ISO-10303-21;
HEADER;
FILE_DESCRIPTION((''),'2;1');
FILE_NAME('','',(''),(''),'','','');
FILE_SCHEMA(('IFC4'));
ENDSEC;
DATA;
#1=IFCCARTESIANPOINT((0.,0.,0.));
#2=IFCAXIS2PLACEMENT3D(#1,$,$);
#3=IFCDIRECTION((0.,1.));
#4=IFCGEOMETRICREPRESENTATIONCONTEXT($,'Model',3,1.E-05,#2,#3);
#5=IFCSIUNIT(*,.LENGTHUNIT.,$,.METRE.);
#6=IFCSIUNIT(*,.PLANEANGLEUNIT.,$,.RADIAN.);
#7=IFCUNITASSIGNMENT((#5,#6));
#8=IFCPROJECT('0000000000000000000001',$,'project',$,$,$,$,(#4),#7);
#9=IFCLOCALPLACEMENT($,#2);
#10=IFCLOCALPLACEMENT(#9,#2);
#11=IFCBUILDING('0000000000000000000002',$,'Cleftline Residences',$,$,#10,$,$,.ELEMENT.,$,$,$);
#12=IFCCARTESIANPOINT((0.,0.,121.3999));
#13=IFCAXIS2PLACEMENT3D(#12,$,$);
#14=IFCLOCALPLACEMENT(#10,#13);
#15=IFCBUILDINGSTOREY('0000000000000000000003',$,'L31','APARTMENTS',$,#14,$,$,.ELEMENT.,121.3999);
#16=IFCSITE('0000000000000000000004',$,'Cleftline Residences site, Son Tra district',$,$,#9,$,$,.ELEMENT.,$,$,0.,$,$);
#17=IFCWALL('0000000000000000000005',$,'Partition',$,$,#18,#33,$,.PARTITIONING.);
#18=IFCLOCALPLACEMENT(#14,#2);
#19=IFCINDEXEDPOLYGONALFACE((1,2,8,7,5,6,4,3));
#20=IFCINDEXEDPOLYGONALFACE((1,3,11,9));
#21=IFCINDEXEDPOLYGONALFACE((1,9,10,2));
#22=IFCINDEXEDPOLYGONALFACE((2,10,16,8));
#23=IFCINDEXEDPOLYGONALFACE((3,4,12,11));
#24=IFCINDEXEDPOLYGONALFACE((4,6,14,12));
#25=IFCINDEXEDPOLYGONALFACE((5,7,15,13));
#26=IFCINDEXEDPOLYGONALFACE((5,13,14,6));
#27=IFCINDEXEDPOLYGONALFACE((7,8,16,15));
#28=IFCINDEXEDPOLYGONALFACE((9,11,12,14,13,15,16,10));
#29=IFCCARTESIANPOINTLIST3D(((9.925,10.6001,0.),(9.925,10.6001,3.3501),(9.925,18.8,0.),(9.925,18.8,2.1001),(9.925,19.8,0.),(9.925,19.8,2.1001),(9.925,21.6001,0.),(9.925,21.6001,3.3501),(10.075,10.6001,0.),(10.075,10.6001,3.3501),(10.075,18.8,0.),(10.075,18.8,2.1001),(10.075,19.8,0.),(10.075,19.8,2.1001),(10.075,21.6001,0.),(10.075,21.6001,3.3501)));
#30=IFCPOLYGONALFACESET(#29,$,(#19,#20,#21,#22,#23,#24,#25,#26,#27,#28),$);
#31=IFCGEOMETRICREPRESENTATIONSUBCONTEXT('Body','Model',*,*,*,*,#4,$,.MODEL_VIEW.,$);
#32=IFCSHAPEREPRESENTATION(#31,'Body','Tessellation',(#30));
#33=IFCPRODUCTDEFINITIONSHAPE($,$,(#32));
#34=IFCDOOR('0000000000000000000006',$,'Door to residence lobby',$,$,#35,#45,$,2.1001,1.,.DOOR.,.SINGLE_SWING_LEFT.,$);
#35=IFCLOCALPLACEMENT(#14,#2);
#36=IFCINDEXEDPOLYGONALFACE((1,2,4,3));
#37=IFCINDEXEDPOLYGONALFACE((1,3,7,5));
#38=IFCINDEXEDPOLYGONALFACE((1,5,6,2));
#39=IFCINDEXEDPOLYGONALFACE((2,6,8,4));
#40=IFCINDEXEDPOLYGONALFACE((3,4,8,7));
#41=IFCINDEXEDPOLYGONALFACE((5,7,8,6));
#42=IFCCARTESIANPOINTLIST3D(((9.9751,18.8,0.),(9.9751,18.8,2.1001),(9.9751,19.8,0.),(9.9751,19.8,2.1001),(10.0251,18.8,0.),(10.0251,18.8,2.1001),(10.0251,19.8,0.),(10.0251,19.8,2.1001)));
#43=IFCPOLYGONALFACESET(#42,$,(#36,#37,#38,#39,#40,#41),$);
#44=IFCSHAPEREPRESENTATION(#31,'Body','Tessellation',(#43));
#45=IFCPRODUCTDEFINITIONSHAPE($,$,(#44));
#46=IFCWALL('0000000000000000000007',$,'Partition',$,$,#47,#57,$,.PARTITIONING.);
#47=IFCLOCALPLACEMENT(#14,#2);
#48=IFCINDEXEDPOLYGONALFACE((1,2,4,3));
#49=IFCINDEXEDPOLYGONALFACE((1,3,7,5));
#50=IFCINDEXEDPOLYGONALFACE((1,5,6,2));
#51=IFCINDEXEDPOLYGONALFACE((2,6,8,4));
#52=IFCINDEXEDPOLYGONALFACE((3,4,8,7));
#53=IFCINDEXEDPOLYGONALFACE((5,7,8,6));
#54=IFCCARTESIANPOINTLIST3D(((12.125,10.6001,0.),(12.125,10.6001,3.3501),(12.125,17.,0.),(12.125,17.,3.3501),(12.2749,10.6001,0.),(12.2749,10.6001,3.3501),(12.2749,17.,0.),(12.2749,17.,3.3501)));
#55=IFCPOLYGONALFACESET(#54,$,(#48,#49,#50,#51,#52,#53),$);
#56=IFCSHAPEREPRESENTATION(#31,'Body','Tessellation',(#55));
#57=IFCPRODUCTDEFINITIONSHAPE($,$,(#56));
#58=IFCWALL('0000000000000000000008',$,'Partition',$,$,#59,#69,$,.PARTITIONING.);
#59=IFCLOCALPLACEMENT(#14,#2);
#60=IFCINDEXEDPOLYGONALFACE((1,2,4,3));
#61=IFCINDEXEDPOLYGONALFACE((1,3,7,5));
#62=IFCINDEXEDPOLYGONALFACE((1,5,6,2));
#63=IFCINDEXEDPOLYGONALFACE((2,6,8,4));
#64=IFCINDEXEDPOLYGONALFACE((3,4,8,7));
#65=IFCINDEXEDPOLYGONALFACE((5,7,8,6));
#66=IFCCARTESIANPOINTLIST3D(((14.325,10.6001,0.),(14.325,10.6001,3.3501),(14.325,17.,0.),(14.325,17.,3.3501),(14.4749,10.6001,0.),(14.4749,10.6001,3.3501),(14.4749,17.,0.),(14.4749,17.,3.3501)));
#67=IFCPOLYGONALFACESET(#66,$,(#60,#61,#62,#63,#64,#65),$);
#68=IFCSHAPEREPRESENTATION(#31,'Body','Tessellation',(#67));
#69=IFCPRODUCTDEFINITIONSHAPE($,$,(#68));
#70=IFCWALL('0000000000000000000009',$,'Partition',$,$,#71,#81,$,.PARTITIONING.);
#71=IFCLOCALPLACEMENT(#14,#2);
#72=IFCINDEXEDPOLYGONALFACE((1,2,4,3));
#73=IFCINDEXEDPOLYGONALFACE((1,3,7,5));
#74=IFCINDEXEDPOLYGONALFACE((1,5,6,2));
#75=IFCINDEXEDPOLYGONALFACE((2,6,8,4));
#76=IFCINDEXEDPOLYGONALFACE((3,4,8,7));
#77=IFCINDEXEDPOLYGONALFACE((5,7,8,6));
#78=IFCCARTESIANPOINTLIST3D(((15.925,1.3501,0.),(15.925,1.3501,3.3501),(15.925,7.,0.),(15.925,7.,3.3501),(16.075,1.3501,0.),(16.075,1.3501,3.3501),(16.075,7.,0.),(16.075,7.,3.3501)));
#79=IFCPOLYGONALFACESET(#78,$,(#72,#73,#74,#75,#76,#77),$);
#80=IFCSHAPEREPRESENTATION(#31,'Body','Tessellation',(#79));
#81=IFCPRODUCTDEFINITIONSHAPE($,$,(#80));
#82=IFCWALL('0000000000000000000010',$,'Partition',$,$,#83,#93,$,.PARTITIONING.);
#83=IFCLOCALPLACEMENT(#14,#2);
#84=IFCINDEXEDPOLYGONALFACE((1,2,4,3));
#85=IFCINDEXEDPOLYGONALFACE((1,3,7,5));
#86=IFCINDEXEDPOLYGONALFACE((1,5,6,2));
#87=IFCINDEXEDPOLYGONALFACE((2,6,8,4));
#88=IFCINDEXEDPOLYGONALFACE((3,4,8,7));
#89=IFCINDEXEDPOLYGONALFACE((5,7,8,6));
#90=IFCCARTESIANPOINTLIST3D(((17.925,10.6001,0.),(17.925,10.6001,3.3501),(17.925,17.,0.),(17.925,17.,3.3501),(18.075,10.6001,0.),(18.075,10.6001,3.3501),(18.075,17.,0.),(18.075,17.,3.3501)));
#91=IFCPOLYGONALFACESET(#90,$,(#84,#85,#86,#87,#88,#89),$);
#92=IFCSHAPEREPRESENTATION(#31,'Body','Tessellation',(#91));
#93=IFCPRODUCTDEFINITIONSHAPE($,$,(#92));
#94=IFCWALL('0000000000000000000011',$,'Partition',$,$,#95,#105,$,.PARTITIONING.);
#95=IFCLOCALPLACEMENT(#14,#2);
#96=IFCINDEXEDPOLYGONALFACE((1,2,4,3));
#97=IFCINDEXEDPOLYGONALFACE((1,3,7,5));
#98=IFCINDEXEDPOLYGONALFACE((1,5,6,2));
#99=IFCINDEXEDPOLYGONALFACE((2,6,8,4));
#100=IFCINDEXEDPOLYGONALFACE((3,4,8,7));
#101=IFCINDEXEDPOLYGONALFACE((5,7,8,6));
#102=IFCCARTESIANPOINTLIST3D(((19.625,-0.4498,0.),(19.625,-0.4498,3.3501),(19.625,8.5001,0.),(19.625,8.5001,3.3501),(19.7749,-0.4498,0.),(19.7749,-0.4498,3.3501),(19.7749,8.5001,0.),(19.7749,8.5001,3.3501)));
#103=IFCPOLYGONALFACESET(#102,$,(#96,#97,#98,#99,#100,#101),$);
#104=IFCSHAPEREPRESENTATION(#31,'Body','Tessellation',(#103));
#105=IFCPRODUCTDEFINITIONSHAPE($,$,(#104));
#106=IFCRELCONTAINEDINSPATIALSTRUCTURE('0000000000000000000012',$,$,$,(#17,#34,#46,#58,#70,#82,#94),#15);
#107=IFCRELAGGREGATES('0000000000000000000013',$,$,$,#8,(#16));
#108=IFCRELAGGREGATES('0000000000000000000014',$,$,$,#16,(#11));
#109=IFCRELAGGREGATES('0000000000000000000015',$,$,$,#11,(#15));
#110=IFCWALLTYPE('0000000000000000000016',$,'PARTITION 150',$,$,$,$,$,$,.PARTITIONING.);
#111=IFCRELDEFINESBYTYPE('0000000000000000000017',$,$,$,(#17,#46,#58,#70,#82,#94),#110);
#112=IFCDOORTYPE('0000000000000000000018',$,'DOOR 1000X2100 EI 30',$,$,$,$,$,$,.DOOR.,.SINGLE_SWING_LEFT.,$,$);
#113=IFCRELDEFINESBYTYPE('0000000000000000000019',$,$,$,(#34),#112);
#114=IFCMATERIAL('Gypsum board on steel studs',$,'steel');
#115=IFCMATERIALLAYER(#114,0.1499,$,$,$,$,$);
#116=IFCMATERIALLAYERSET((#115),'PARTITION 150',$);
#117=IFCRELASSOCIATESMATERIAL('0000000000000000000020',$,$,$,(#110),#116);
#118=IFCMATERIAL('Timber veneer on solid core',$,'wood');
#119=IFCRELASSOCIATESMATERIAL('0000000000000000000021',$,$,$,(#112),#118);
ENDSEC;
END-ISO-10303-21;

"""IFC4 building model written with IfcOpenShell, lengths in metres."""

from ifc_helpers import new_model, si_unit, direction, frame, frame_2d, origin, place, context, subcontext, project, spatial, rectangle, extrude, material, layer, layer_set, type_object, element, fill, save


model = new_model("IFC4")

# Units and contexts
model_context = context("Model", 3, precision=1e-05, world=origin(), true_north=direction((0.0, 1.0)))
body_context = subcontext(model_context, "Body", "Model", "MODEL_VIEW")
ifc_project = project(units=[si_unit("LENGTHUNIT", "METRE"), si_unit("PLANEANGLEUNIT", "RADIAN")], contexts=[model_context])

# Site, building, storey
site_placement = place(None, origin())
site = spatial("IfcSite", under=ifc_project, at=site_placement, Name="Cleftline Residences site, Son Tra district", CompositionType="ELEMENT", RefElevation=0.0)
building_placement = place(site_placement, origin())
building = spatial("IfcBuilding", under=site, at=building_placement, Name="Cleftline Residences", CompositionType="ELEMENT")
storey_placement = place(building_placement, frame((0.0, 0.0, 121.3999)))
storey = spatial("IfcBuildingStorey", under=building, at=storey_placement, Name="L31", Description="APARTMENTS", CompositionType="ELEMENT", Elevation=121.3999)

# Shared definitions
ifc_material_1 = material(Name="Gypsum board on steel studs", Category="steel")
ifc_layer_1 = layer(ifc_material_1, 0.1499)
ifc_layer_set_1 = layer_set([ifc_layer_1], Name="PARTITION 150")
wall_type = type_object("IfcWallType", Name="PARTITION 150", PredefinedType="PARTITIONING", material=ifc_layer_set_1)

# Wall, opening, door
wall_1_placement = place(storey_placement, frame((10.0, 10.6001, 0.0), z_axis=(0.0, 0.0, 1.0), x_axis=(0.0, 1.0, 0.0)))
wall_1 = element("IfcWall", 1, at=wall_1_placement, inside=storey, type_object=wall_type, Name="Partition", PredefinedType="PARTITIONING", context=body_context, shape_type="SweptSolid", body=[
    extrude(rectangle(XDim=11.0, YDim=0.1499, at=frame_2d((5.5, 0.0))), origin(), (0.0, 0.0, 1.0), 3.3501),
])
opening_1_placement = place(wall_1_placement, frame((8.2, 0.0, 0.0)))
opening_1 = element("IfcOpeningElement", 2, at=opening_1_placement, cuts=wall_1, PredefinedType="OPENING", context=body_context, shape_type="SweptSolid", body=[
    extrude(rectangle(XDim=1.0, YDim=2.1001, at=frame_2d((0.5, 1.05))), frame((0.0, 0.085, 0.0), z_axis=(0.0, -1.0, 0.0), x_axis=(1.0, 0.0, 0.0)), (0.0, 0.0, 1.0), 0.1699),
])
ifc_material_2 = material(Name="Timber veneer on solid core", Category="wood")
door_type_1 = type_object("IfcDoorType", Name="DOOR 1000X2100 EI 30", OperationType="SINGLE_SWING_LEFT", PredefinedType="DOOR", material=ifc_material_2)
door_1_placement = place(opening_1_placement, origin())
door_1 = element("IfcDoor", 3, at=door_1_placement, inside=storey, type_object=door_type_1, Name="Door to residence lobby", OperationType="SINGLE_SWING_LEFT", OverallHeight=2.1001, OverallWidth=1.0, PredefinedType="DOOR", context=body_context, shape_type="SweptSolid", body=[
    extrude(rectangle(XDim=1.0, YDim=2.1001, at=frame_2d((0.5, 1.05))), frame((0.0, 0.0249, 0.0), z_axis=(0.0, -1.0, 0.0), x_axis=(1.0, 0.0, 0.0)), (0.0, 0.0, 1.0), 0.05),
])
fill(opening_1, door_1)

# Walls
for number, where, z_axis, x_axis, name in (
    (4, (12.2, 10.6001, 0.0), (0.0, 0.0, 1.0), (0.0, 1.0, 0.0), "Partition"),
    (5, (14.3999, 10.6001, 0.0), (0.0, 0.0, 1.0), (0.0, 1.0, 0.0), "Partition"),
):
    element("IfcWall", number, at=place(storey_placement, frame(where, z_axis=z_axis, x_axis=x_axis)), inside=storey, type_object=wall_type, Name=name, PredefinedType="PARTITIONING", context=body_context, shape_type="SweptSolid", body=[
        extrude(rectangle(XDim=6.3999, YDim=0.1499, at=frame_2d((3.2, 0.0))), origin(), (0.0, 0.0, 1.0), 3.3501),
    ])
wall_2_placement = place(storey_placement, frame((16.0, 1.3501, 0.0), z_axis=(0.0, 0.0, 1.0), x_axis=(0.0, 1.0, 0.0)))
element("IfcWall", 6, at=wall_2_placement, inside=storey, type_object=wall_type, Name="Partition", PredefinedType="PARTITIONING", context=body_context, shape_type="SweptSolid", body=[
    extrude(rectangle(XDim=5.6499, YDim=0.1499, at=frame_2d((2.825, 0.0))), origin(), (0.0, 0.0, 1.0), 3.3501),
])
wall_3_placement = place(storey_placement, frame((18.0, 10.6001, 0.0), z_axis=(0.0, 0.0, 1.0), x_axis=(0.0, 1.0, 0.0)))
element("IfcWall", 7, at=wall_3_placement, inside=storey, type_object=wall_type, Name="Partition", PredefinedType="PARTITIONING", context=body_context, shape_type="SweptSolid", body=[
    extrude(rectangle(XDim=6.3999, YDim=0.1499, at=frame_2d((3.2, 0.0))), origin(), (0.0, 0.0, 1.0), 3.3501),
])
wall_4_placement = place(storey_placement, frame((19.7, -0.45, 0.0), z_axis=(0.0, 0.0, 1.0), x_axis=(0.0, 1.0, 0.0)))
element("IfcWall", 8, at=wall_4_placement, inside=storey, type_object=wall_type, Name="Partition", PredefinedType="PARTITIONING", context=body_context, shape_type="SweptSolid", body=[
    extrude(rectangle(XDim=8.95, YDim=0.1499, at=frame_2d((4.4751, 0.0))), origin(), (0.0, 0.0, 1.0), 3.3501),
])

save(model, "model.ifc")
